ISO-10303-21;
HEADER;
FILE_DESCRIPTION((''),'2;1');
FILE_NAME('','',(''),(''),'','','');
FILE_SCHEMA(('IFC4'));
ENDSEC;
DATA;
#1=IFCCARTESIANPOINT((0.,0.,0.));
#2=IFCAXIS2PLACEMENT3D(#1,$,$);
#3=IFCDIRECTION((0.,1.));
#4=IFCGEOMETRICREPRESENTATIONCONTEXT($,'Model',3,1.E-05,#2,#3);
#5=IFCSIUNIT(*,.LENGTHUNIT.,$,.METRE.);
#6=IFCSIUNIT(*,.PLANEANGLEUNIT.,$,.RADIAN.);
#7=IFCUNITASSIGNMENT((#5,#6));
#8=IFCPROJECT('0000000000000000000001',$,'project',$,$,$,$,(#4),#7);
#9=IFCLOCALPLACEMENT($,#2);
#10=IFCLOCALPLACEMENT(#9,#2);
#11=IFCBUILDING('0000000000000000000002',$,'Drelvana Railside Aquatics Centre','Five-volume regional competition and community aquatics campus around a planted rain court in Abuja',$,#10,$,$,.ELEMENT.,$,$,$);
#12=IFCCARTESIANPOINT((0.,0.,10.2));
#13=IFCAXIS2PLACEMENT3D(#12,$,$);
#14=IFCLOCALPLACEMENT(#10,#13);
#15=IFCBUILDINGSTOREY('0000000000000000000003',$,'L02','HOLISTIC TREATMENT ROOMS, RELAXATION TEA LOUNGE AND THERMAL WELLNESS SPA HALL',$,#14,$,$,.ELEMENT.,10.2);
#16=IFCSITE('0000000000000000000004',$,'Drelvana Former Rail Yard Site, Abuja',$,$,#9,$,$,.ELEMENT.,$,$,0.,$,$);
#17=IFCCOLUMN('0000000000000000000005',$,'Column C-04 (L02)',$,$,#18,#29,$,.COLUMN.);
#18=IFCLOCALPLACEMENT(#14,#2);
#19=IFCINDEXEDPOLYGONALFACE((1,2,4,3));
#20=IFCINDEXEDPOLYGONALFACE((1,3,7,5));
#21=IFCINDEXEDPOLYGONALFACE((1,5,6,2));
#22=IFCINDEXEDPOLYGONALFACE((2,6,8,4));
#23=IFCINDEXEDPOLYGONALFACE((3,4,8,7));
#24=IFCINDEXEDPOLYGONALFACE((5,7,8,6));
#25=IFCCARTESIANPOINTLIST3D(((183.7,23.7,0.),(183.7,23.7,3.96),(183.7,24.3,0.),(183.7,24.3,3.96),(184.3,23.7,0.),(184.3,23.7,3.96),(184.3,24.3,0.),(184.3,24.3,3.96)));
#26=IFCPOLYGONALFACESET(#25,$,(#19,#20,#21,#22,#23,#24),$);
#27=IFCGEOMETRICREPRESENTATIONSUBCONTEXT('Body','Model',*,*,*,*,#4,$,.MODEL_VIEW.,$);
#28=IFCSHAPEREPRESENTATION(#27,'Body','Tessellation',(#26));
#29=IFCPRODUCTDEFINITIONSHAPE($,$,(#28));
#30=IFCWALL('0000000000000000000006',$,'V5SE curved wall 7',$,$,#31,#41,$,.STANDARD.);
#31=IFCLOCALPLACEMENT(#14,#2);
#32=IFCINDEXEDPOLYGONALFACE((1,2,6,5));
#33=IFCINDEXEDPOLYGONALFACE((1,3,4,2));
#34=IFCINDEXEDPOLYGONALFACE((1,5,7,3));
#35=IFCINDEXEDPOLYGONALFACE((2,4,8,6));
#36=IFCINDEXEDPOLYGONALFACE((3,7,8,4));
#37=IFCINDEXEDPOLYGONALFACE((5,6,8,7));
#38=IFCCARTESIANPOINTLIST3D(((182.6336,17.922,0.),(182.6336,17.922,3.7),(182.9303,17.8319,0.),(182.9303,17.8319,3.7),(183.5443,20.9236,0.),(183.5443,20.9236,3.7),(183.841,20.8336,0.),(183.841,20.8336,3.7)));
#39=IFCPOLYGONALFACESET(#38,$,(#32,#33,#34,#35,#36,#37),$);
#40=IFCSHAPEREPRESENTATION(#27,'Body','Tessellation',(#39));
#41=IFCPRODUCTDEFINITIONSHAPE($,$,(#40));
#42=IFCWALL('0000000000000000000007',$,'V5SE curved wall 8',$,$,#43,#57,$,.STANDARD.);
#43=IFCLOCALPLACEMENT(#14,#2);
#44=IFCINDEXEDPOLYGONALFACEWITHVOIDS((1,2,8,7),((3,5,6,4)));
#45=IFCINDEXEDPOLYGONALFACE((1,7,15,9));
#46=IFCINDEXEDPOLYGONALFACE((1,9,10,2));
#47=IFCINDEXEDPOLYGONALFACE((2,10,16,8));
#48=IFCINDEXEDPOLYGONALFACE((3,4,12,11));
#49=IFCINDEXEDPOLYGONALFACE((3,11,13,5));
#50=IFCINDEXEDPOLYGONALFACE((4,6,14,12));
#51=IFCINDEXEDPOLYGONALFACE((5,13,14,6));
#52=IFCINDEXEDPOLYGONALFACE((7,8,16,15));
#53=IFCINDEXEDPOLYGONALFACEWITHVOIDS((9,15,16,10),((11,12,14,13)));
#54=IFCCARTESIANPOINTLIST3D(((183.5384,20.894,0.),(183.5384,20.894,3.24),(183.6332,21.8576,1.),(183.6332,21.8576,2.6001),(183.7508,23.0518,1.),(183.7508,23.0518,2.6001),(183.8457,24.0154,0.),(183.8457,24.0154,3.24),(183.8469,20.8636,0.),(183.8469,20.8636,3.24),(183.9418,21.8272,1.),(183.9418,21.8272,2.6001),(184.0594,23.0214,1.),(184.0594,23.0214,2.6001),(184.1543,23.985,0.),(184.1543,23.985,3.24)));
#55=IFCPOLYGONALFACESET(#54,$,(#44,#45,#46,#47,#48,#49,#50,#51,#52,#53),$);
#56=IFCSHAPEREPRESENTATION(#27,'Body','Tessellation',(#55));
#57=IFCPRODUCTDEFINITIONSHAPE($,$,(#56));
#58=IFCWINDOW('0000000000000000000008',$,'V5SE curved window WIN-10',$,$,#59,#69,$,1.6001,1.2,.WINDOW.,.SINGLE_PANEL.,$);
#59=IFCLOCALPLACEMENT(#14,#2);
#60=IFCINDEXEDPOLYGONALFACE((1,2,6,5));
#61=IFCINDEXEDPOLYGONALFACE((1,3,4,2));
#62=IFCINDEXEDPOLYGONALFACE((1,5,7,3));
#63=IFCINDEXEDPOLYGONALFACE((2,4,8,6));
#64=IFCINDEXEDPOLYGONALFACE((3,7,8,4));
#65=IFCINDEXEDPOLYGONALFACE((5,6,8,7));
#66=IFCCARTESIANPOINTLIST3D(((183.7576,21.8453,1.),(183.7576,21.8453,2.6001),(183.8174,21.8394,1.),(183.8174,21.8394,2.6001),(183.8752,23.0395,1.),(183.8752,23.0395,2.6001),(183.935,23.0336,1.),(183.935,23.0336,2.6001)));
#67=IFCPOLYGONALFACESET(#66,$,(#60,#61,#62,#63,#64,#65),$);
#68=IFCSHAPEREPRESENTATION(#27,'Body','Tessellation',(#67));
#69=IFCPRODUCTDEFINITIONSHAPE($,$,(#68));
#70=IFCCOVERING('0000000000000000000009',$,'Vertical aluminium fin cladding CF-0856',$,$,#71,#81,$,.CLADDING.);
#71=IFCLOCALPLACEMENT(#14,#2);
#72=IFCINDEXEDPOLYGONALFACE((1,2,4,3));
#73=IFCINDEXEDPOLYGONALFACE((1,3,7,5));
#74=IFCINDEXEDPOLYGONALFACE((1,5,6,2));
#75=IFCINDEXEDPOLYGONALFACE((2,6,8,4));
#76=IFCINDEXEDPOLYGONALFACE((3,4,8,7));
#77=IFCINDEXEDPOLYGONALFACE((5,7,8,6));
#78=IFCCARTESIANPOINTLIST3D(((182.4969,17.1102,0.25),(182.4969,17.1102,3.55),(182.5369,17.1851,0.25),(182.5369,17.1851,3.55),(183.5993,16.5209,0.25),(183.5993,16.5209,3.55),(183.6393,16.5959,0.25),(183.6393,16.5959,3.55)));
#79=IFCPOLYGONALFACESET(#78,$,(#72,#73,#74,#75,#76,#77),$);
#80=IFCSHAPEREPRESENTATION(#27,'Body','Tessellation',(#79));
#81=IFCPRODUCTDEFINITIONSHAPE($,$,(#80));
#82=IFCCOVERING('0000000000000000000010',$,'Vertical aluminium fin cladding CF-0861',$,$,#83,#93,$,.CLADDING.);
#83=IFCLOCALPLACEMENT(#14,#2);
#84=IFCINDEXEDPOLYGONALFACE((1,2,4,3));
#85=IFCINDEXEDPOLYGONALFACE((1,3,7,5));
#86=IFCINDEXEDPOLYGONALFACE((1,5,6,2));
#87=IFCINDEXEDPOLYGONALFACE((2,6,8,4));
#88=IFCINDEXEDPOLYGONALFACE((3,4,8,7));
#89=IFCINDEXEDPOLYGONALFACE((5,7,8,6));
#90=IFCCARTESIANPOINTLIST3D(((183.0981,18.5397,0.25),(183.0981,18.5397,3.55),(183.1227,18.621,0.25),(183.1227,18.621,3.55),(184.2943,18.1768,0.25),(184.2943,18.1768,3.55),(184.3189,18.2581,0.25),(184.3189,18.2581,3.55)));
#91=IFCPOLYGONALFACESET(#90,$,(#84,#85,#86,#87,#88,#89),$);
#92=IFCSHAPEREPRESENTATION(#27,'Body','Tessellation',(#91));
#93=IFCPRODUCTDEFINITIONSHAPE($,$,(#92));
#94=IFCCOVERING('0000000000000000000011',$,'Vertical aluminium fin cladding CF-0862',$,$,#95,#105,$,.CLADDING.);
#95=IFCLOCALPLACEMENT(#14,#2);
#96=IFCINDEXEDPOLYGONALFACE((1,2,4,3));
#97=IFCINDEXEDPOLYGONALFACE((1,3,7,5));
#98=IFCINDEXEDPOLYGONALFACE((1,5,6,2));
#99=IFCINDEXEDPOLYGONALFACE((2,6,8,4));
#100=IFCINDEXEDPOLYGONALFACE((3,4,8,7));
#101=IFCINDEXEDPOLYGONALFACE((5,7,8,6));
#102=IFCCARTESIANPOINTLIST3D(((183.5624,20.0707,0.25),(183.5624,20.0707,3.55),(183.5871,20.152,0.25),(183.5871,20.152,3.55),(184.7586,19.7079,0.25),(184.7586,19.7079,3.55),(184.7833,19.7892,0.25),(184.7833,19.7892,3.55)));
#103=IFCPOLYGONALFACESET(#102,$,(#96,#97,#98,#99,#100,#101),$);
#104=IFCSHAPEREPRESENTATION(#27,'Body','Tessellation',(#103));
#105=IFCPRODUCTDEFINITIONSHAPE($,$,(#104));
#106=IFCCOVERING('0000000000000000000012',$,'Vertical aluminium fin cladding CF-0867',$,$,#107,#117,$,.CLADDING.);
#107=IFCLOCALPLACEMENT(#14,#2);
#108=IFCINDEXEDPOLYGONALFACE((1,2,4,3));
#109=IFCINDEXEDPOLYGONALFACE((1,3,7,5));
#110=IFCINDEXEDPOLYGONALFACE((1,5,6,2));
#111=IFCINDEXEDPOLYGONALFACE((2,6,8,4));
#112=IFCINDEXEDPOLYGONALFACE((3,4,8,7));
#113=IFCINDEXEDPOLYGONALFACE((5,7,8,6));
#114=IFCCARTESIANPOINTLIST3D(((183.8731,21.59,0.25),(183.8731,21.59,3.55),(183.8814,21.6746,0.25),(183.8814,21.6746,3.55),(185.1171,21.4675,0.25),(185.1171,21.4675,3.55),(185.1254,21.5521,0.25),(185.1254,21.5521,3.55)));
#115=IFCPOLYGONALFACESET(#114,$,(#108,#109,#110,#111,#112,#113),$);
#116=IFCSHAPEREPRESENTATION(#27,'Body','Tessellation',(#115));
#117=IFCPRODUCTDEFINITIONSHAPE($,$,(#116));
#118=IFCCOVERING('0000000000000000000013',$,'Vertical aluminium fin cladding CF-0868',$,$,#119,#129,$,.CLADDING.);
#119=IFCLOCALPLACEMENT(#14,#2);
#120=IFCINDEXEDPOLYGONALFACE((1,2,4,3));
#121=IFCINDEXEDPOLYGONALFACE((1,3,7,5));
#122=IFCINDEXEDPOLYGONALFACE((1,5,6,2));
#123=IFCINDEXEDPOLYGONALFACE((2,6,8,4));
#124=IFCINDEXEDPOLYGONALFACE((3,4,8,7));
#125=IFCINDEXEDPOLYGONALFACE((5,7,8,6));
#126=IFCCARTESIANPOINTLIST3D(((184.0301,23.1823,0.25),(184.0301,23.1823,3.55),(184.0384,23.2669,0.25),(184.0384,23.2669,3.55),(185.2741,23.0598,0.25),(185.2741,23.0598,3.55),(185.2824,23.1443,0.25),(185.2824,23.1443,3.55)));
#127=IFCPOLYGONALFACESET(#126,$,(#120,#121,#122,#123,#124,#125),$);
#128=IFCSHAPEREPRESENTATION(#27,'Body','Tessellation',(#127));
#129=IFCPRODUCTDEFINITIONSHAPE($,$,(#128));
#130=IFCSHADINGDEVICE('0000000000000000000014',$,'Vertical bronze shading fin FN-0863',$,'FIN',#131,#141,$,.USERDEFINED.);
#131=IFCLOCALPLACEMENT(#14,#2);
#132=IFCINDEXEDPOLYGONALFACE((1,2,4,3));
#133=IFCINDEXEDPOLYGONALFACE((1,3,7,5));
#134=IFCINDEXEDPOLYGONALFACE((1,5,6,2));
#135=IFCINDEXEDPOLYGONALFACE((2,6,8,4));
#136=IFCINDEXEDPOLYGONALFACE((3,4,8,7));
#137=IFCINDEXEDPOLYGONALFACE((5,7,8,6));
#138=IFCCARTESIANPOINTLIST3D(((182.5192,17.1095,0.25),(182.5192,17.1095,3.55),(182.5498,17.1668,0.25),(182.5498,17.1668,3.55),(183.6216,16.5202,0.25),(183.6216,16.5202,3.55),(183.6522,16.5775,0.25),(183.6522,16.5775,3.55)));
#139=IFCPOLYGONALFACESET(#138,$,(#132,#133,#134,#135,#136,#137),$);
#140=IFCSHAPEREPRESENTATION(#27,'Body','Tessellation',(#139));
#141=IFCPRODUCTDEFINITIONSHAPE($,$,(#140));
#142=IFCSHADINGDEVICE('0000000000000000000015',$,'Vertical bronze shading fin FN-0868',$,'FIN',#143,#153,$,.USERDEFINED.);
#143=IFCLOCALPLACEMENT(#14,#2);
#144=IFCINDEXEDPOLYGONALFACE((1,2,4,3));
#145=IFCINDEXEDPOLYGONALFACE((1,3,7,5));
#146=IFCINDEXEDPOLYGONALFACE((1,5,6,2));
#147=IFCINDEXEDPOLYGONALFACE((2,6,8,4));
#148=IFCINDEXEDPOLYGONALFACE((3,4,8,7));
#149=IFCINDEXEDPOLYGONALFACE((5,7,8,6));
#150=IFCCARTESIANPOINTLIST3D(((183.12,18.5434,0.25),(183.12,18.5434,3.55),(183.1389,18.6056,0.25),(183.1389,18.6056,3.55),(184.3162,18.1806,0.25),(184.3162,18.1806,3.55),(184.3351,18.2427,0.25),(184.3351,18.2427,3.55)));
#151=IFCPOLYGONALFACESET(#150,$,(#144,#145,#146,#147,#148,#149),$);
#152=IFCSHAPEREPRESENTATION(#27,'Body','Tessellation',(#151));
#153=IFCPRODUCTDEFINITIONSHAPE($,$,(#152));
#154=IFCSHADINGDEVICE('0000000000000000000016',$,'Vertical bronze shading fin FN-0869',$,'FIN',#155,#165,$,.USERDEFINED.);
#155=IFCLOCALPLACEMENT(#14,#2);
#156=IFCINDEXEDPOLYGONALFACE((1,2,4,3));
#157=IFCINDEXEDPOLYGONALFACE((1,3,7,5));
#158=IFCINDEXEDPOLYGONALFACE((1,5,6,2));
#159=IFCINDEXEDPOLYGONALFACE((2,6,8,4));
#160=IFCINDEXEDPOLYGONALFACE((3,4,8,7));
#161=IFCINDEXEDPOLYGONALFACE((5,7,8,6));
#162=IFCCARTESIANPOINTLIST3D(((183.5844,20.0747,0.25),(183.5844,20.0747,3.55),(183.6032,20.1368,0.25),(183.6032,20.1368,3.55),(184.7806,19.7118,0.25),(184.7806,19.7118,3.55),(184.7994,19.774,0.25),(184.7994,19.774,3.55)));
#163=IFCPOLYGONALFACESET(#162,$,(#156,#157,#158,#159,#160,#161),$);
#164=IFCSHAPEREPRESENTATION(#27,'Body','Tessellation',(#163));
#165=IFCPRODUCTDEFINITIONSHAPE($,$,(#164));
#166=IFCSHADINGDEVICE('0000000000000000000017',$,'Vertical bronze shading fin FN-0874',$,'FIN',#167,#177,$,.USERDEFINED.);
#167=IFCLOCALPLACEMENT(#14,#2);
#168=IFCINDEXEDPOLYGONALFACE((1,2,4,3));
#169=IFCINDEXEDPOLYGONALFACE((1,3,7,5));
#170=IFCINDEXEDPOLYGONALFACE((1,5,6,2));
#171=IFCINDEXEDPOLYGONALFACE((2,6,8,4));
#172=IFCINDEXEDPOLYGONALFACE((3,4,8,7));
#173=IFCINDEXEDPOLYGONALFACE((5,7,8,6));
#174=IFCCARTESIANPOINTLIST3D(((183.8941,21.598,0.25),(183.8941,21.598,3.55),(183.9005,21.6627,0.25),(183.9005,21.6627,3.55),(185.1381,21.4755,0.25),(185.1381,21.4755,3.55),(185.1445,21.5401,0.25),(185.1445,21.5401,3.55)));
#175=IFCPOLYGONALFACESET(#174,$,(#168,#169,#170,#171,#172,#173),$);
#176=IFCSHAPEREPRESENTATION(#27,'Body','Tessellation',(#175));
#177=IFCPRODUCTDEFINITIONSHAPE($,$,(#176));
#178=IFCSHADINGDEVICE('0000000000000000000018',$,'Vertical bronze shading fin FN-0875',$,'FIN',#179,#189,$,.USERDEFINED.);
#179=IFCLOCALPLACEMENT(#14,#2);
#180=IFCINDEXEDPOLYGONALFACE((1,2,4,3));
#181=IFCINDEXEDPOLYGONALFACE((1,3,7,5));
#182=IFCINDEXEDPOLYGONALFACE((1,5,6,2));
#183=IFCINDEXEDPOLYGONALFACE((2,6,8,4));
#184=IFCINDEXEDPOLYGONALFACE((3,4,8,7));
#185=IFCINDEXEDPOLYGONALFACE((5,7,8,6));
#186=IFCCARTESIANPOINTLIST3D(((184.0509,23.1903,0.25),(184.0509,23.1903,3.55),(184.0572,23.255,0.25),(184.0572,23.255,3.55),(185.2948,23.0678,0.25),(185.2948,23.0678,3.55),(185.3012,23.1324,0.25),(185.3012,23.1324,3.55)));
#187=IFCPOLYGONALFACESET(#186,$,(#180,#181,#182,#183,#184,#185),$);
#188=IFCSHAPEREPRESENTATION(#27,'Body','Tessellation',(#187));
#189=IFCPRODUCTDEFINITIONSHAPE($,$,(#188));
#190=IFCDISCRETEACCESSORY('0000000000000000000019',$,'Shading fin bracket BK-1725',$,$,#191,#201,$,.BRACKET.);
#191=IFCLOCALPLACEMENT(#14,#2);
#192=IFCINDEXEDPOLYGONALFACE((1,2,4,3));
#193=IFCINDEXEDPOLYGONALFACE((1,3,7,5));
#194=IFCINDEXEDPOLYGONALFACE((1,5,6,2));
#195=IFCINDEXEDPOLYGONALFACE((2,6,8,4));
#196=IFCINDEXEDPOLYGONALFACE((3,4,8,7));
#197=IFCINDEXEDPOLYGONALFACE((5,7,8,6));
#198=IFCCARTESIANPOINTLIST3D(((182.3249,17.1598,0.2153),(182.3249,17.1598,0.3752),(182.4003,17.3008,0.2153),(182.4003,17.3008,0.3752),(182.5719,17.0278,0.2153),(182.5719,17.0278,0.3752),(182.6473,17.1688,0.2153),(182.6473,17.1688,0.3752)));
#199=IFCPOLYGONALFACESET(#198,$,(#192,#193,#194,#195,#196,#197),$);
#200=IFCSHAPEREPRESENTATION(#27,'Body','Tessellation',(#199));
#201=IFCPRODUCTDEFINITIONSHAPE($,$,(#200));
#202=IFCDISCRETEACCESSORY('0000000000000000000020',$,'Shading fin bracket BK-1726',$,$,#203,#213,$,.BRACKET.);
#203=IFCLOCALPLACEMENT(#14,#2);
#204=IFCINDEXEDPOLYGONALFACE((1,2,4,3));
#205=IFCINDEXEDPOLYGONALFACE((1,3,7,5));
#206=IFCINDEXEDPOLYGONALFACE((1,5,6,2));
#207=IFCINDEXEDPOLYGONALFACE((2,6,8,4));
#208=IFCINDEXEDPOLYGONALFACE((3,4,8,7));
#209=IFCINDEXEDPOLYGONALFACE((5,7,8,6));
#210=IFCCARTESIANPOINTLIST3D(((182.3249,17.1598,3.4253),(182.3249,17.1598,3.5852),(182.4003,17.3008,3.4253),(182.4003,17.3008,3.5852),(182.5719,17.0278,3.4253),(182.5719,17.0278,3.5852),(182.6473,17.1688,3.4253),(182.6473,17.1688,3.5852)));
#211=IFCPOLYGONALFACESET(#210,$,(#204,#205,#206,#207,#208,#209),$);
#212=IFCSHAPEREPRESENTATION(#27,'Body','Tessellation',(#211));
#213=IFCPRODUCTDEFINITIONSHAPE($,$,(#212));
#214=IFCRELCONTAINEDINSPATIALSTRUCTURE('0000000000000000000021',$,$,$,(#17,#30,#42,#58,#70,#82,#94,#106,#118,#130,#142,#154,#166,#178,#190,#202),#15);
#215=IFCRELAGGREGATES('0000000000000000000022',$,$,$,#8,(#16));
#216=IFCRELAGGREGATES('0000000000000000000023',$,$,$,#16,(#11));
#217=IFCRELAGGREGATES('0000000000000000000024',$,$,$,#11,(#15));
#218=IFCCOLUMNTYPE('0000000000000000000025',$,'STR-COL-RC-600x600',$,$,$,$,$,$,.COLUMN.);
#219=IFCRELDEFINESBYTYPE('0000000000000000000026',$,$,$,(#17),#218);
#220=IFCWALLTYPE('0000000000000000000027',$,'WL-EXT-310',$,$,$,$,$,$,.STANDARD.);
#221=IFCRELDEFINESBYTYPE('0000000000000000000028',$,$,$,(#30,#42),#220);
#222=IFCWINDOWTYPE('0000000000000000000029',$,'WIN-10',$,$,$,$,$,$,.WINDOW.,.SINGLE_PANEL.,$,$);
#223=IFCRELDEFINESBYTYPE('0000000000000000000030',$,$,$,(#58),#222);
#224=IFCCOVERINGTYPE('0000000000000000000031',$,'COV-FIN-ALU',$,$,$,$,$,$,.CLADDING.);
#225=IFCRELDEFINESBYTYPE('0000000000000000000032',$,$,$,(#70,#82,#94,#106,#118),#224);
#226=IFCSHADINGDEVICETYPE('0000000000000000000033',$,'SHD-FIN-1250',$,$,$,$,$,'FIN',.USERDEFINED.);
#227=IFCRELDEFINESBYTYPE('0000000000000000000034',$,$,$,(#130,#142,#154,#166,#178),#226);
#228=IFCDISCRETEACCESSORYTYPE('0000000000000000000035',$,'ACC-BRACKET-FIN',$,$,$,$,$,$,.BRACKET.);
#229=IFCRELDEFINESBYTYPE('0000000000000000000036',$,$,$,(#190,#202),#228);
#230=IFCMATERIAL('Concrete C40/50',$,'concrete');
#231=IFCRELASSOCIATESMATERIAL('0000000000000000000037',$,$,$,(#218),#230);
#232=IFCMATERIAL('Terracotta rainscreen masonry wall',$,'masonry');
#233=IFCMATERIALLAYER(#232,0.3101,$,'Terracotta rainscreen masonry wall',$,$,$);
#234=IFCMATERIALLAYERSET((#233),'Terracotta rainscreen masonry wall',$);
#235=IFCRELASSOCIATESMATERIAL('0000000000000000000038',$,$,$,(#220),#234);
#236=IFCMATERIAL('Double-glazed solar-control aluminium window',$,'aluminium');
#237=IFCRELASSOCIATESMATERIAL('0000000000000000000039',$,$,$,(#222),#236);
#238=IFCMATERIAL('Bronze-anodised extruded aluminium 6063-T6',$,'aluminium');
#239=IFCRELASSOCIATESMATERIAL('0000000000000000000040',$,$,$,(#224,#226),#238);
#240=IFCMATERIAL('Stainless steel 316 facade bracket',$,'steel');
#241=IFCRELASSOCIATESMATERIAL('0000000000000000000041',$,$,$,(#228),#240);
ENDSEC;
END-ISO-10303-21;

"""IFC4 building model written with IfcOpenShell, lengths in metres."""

from ifc_helpers import new_model, si_unit, direction, frame, frame_2d, origin, origin_2d, place, context, subcontext, project, spatial, rectangle, extrude, material, layer, layer_set, material_profile, profile_set, type_object, element, fill, save


model = new_model("IFC4")

# Units and contexts
model_context = context("Model", 3, precision=1e-05, world=origin(), true_north=direction((0.0, 1.0)))
body_context = subcontext(model_context, "Body", "Model", "MODEL_VIEW")
ifc_project = project(units=[si_unit("LENGTHUNIT", "METRE"), si_unit("PLANEANGLEUNIT", "RADIAN")], contexts=[model_context])

# Site, building, storey
site_placement = place(None, origin())
site = spatial("IfcSite", under=ifc_project, at=site_placement, Name="Drelvana Former Rail Yard Site, Abuja", CompositionType="ELEMENT", RefElevation=0.0)
building_placement = place(site_placement, origin())
building = spatial("IfcBuilding", under=site, at=building_placement, Name="Drelvana Railside Aquatics Centre", Description="Five-volume regional competition and community aquatics campus around a planted rain court in Abuja", CompositionType="ELEMENT")
storey_placement = place(building_placement, frame((0.0, 0.0, 10.2)))
storey = spatial("IfcBuildingStorey", under=building, at=storey_placement, Name="L02", Description="HOLISTIC TREATMENT ROOMS, RELAXATION TEA LOUNGE AND THERMAL WELLNESS SPA HALL", CompositionType="ELEMENT", Elevation=10.2)

# Column
ifc_material_1 = material(Name="Concrete C40/50", Category="concrete")
ifc_material_profile = material_profile(ifc_material_1, rectangle(XDim=0.6001, YDim=0.6001, at=origin_2d()), Name="RC 600x600")
ifc_profile_set = profile_set([ifc_material_profile], Name="Concrete C40/50")
column_type = type_object("IfcColumnType", Name="STR-COL-RC-600x600", PredefinedType="COLUMN", material=ifc_profile_set)
column_placement = place(storey_placement, frame((184.0, 24.0, 0.0), z_axis=(0.0, 0.0, 1.0), x_axis=(1.0, 0.0, 0.0)))
element("IfcColumn", 1, at=column_placement, inside=storey, type_object=column_type, Name="Column C-04 (L02)", PredefinedType="COLUMN", context=body_context, shape_type="SweptSolid", body=[
    extrude(rectangle(XDim=0.6001, YDim=0.6001, at=origin_2d()), origin(), (0.0, 0.0, 1.0), 3.96),
])

# Wall
ifc_material_2 = material(Name="Terracotta rainscreen masonry wall", Category="masonry")
ifc_layer = layer(ifc_material_2, 0.3101, Name="Terracotta rainscreen masonry wall")
ifc_layer_set = layer_set([ifc_layer], Name="Terracotta rainscreen masonry wall")
wall_type = type_object("IfcWallType", Name="WL-EXT-310", PredefinedType="STANDARD", material=ifc_layer_set)
wall_1_placement = place(storey_placement, frame((182.782, 17.877, 0.0), z_axis=(0.0, 0.0, 1.0), x_axis=(0.29031, 0.956933, 0.0)))
element("IfcWall", 2, at=wall_1_placement, inside=storey, type_object=wall_type, Name="V5SE curved wall 7", PredefinedType="STANDARD", context=body_context, shape_type="SweptSolid", body=[
    extrude(rectangle(XDim=3.1367, YDim=0.3101, at=frame_2d((1.5684, 0.0))), origin(), (0.0, 0.0, 1.0), 3.7),
])

# Wall, opening, window
wall_2_placement = place(storey_placement, frame((183.6926, 20.8787, 0.0), z_axis=(0.0, 0.0, 1.0), x_axis=(0.098001, 0.995186, 0.0)))
wall_2 = element("IfcWall", 3, at=wall_2_placement, inside=storey, type_object=wall_type, Name="V5SE curved wall 8", PredefinedType="STANDARD", context=body_context, shape_type="SweptSolid", body=[
    extrude(rectangle(XDim=3.1365, YDim=0.3101, at=frame_2d((1.5684, 0.0))), origin(), (0.0, 0.0, 1.0), 3.24),
])
opening_placement = place(wall_2_placement, frame((0.9683, 0.0, 1.0)))
opening = element("IfcOpeningElement", 4, at=opening_placement, cuts=wall_2, PredefinedType="OPENING", context=body_context, shape_type="SweptSolid", body=[
    extrude(rectangle(XDim=1.2, YDim=1.6001, at=frame_2d((0.6001, 0.8))), frame((0.0, 0.165, 0.0), z_axis=(0.0, -1.0, 0.0), x_axis=(1.0, 0.0, 0.0)), (0.0, 0.0, 1.0), 0.3301),
])
ifc_material_3 = material(Name="Double-glazed solar-control aluminium window", Category="aluminium")
window_type = type_object("IfcWindowType", Name="WIN-10", PartitioningType="SINGLE_PANEL", PredefinedType="WINDOW", material=ifc_material_3)
window_placement = place(opening_placement, origin())
window = element("IfcWindow", 5, at=window_placement, inside=storey, type_object=window_type, Name="V5SE curved window WIN-10", OverallHeight=1.6001, OverallWidth=1.2, PartitioningType="SINGLE_PANEL", PredefinedType="WINDOW", context=body_context, shape_type="SweptSolid", body=[
    extrude(rectangle(XDim=1.2, YDim=1.6001, at=frame_2d((0.6001, 0.8))), frame((0.0, 0.03, 0.0), z_axis=(0.0, -1.0, 0.0), x_axis=(1.0, 0.0, 0.0)), (0.0, 0.0, 1.0), 0.0601),
])
fill(opening, window)

# Coverings
ifc_material_4 = material(Name="Bronze-anodised extruded aluminium 6063-T6", Category="aluminium")
covering_type = type_object("IfcCoveringType", Name="COV-FIN-ALU", PredefinedType="CLADDING", material=ifc_material_4)
for number, where, z_axis, x_axis, name in (
    (6, (183.0681, 16.853, 0.25), (0.0, 0.0, 1.0), (-0.471397, -0.881921, 0.0), "Vertical aluminium fin cladding CF-0856"),
    (7, (183.7085, 18.3989, 0.25), (0.0, 0.0, 1.0), (-0.290285, -0.95694, 0.0), "Vertical aluminium fin cladding CF-0861"),
    (8, (184.1729, 19.9299, 0.25), (0.0, 0.0, 1.0), (-0.290285, -0.95694, 0.0), "Vertical aluminium fin cladding CF-0862"),
    (9, (184.4993, 21.571, 0.25), (0.0, 0.0, 1.0), (-0.098017, -0.995185, 0.0), "Vertical aluminium fin cladding CF-0867"),
    (10, (184.6562, 23.1633, 0.25), (0.0, 0.0, 1.0), (-0.098017, -0.995185, 0.0), "Vertical aluminium fin cladding CF-0868"),
):
    element("IfcCovering", number, at=place(storey_placement, frame(where, z_axis=z_axis, x_axis=x_axis)), inside=storey, type_object=covering_type, Name=name, PredefinedType="CLADDING", context=body_context, shape_type="SweptSolid", body=[
        extrude(rectangle(XDim=0.085, YDim=1.25, at=origin_2d()), origin(), (0.0, 0.0, 1.0), 3.3),
    ])

# Shading devices
shading_device_type = type_object("IfcShadingDeviceType", Name="SHD-FIN-1250", ElementType="FIN", PredefinedType="USERDEFINED", material=ifc_material_4)
for number, where, z_axis, x_axis, name in (
    (11, (183.0857, 16.8435, 0.25), (0.0, 0.0, 1.0), (0.881921, -0.471397, 0.0), "Vertical bronze shading fin FN-0863"),
    (12, (183.7275, 18.3931, 0.25), (0.0, 0.0, 1.0), (0.95694, -0.290285, 0.0), "Vertical bronze shading fin FN-0868"),
    (13, (184.1919, 19.9243, 0.25), (0.0, 0.0, 1.0), (0.95694, -0.290285, 0.0), "Vertical bronze shading fin FN-0869"),
    (14, (184.5193, 21.5691, 0.25), (0.0, 0.0, 1.0), (0.995185, -0.098017, 0.0), "Vertical bronze shading fin FN-0874"),
    (15, (184.676, 23.1614, 0.25), (0.0, 0.0, 1.0), (0.995185, -0.098017, 0.0), "Vertical bronze shading fin FN-0875"),
):
    element("IfcShadingDevice", number, at=place(storey_placement, frame(where, z_axis=z_axis, x_axis=x_axis)), inside=storey, type_object=shading_device_type, Name=name, ObjectType="FIN", PredefinedType="USERDEFINED", context=body_context, shape_type="SweptSolid", body=[
        extrude(rectangle(XDim=1.25, YDim=0.0649, at=origin_2d()), origin(), (0.0, 0.0, 1.0), 3.3),
    ])

# Discrete accessories
ifc_material_5 = material(Name="Stainless steel 316 facade bracket", Category="steel")
discrete_accessory_type = type_object("IfcDiscreteAccessoryType", Name="ACC-BRACKET-FIN", PredefinedType="BRACKET", material=ifc_material_5)
for number, where, z_axis, x_axis, name in (
    (16, (182.4861, 17.1643, 0.2153), (0.0, 0.0, 1.0), (0.881921, -0.471397, 0.0), "Shading fin bracket BK-1725"),
    (17, (182.4861, 17.1643, 3.4253), (0.0, 0.0, 1.0), (0.881921, -0.471397, 0.0), "Shading fin bracket BK-1726"),
):
    element("IfcDiscreteAccessory", number, at=place(storey_placement, frame(where, z_axis=z_axis, x_axis=x_axis)), inside=storey, type_object=discrete_accessory_type, Name=name, PredefinedType="BRACKET", context=body_context, shape_type="SweptSolid", body=[
        extrude(rectangle(XDim=0.28, YDim=0.1599, at=origin_2d()), origin(), (0.0, 0.0, 1.0), 0.1599),
    ])

save(model, "model.ifc")
